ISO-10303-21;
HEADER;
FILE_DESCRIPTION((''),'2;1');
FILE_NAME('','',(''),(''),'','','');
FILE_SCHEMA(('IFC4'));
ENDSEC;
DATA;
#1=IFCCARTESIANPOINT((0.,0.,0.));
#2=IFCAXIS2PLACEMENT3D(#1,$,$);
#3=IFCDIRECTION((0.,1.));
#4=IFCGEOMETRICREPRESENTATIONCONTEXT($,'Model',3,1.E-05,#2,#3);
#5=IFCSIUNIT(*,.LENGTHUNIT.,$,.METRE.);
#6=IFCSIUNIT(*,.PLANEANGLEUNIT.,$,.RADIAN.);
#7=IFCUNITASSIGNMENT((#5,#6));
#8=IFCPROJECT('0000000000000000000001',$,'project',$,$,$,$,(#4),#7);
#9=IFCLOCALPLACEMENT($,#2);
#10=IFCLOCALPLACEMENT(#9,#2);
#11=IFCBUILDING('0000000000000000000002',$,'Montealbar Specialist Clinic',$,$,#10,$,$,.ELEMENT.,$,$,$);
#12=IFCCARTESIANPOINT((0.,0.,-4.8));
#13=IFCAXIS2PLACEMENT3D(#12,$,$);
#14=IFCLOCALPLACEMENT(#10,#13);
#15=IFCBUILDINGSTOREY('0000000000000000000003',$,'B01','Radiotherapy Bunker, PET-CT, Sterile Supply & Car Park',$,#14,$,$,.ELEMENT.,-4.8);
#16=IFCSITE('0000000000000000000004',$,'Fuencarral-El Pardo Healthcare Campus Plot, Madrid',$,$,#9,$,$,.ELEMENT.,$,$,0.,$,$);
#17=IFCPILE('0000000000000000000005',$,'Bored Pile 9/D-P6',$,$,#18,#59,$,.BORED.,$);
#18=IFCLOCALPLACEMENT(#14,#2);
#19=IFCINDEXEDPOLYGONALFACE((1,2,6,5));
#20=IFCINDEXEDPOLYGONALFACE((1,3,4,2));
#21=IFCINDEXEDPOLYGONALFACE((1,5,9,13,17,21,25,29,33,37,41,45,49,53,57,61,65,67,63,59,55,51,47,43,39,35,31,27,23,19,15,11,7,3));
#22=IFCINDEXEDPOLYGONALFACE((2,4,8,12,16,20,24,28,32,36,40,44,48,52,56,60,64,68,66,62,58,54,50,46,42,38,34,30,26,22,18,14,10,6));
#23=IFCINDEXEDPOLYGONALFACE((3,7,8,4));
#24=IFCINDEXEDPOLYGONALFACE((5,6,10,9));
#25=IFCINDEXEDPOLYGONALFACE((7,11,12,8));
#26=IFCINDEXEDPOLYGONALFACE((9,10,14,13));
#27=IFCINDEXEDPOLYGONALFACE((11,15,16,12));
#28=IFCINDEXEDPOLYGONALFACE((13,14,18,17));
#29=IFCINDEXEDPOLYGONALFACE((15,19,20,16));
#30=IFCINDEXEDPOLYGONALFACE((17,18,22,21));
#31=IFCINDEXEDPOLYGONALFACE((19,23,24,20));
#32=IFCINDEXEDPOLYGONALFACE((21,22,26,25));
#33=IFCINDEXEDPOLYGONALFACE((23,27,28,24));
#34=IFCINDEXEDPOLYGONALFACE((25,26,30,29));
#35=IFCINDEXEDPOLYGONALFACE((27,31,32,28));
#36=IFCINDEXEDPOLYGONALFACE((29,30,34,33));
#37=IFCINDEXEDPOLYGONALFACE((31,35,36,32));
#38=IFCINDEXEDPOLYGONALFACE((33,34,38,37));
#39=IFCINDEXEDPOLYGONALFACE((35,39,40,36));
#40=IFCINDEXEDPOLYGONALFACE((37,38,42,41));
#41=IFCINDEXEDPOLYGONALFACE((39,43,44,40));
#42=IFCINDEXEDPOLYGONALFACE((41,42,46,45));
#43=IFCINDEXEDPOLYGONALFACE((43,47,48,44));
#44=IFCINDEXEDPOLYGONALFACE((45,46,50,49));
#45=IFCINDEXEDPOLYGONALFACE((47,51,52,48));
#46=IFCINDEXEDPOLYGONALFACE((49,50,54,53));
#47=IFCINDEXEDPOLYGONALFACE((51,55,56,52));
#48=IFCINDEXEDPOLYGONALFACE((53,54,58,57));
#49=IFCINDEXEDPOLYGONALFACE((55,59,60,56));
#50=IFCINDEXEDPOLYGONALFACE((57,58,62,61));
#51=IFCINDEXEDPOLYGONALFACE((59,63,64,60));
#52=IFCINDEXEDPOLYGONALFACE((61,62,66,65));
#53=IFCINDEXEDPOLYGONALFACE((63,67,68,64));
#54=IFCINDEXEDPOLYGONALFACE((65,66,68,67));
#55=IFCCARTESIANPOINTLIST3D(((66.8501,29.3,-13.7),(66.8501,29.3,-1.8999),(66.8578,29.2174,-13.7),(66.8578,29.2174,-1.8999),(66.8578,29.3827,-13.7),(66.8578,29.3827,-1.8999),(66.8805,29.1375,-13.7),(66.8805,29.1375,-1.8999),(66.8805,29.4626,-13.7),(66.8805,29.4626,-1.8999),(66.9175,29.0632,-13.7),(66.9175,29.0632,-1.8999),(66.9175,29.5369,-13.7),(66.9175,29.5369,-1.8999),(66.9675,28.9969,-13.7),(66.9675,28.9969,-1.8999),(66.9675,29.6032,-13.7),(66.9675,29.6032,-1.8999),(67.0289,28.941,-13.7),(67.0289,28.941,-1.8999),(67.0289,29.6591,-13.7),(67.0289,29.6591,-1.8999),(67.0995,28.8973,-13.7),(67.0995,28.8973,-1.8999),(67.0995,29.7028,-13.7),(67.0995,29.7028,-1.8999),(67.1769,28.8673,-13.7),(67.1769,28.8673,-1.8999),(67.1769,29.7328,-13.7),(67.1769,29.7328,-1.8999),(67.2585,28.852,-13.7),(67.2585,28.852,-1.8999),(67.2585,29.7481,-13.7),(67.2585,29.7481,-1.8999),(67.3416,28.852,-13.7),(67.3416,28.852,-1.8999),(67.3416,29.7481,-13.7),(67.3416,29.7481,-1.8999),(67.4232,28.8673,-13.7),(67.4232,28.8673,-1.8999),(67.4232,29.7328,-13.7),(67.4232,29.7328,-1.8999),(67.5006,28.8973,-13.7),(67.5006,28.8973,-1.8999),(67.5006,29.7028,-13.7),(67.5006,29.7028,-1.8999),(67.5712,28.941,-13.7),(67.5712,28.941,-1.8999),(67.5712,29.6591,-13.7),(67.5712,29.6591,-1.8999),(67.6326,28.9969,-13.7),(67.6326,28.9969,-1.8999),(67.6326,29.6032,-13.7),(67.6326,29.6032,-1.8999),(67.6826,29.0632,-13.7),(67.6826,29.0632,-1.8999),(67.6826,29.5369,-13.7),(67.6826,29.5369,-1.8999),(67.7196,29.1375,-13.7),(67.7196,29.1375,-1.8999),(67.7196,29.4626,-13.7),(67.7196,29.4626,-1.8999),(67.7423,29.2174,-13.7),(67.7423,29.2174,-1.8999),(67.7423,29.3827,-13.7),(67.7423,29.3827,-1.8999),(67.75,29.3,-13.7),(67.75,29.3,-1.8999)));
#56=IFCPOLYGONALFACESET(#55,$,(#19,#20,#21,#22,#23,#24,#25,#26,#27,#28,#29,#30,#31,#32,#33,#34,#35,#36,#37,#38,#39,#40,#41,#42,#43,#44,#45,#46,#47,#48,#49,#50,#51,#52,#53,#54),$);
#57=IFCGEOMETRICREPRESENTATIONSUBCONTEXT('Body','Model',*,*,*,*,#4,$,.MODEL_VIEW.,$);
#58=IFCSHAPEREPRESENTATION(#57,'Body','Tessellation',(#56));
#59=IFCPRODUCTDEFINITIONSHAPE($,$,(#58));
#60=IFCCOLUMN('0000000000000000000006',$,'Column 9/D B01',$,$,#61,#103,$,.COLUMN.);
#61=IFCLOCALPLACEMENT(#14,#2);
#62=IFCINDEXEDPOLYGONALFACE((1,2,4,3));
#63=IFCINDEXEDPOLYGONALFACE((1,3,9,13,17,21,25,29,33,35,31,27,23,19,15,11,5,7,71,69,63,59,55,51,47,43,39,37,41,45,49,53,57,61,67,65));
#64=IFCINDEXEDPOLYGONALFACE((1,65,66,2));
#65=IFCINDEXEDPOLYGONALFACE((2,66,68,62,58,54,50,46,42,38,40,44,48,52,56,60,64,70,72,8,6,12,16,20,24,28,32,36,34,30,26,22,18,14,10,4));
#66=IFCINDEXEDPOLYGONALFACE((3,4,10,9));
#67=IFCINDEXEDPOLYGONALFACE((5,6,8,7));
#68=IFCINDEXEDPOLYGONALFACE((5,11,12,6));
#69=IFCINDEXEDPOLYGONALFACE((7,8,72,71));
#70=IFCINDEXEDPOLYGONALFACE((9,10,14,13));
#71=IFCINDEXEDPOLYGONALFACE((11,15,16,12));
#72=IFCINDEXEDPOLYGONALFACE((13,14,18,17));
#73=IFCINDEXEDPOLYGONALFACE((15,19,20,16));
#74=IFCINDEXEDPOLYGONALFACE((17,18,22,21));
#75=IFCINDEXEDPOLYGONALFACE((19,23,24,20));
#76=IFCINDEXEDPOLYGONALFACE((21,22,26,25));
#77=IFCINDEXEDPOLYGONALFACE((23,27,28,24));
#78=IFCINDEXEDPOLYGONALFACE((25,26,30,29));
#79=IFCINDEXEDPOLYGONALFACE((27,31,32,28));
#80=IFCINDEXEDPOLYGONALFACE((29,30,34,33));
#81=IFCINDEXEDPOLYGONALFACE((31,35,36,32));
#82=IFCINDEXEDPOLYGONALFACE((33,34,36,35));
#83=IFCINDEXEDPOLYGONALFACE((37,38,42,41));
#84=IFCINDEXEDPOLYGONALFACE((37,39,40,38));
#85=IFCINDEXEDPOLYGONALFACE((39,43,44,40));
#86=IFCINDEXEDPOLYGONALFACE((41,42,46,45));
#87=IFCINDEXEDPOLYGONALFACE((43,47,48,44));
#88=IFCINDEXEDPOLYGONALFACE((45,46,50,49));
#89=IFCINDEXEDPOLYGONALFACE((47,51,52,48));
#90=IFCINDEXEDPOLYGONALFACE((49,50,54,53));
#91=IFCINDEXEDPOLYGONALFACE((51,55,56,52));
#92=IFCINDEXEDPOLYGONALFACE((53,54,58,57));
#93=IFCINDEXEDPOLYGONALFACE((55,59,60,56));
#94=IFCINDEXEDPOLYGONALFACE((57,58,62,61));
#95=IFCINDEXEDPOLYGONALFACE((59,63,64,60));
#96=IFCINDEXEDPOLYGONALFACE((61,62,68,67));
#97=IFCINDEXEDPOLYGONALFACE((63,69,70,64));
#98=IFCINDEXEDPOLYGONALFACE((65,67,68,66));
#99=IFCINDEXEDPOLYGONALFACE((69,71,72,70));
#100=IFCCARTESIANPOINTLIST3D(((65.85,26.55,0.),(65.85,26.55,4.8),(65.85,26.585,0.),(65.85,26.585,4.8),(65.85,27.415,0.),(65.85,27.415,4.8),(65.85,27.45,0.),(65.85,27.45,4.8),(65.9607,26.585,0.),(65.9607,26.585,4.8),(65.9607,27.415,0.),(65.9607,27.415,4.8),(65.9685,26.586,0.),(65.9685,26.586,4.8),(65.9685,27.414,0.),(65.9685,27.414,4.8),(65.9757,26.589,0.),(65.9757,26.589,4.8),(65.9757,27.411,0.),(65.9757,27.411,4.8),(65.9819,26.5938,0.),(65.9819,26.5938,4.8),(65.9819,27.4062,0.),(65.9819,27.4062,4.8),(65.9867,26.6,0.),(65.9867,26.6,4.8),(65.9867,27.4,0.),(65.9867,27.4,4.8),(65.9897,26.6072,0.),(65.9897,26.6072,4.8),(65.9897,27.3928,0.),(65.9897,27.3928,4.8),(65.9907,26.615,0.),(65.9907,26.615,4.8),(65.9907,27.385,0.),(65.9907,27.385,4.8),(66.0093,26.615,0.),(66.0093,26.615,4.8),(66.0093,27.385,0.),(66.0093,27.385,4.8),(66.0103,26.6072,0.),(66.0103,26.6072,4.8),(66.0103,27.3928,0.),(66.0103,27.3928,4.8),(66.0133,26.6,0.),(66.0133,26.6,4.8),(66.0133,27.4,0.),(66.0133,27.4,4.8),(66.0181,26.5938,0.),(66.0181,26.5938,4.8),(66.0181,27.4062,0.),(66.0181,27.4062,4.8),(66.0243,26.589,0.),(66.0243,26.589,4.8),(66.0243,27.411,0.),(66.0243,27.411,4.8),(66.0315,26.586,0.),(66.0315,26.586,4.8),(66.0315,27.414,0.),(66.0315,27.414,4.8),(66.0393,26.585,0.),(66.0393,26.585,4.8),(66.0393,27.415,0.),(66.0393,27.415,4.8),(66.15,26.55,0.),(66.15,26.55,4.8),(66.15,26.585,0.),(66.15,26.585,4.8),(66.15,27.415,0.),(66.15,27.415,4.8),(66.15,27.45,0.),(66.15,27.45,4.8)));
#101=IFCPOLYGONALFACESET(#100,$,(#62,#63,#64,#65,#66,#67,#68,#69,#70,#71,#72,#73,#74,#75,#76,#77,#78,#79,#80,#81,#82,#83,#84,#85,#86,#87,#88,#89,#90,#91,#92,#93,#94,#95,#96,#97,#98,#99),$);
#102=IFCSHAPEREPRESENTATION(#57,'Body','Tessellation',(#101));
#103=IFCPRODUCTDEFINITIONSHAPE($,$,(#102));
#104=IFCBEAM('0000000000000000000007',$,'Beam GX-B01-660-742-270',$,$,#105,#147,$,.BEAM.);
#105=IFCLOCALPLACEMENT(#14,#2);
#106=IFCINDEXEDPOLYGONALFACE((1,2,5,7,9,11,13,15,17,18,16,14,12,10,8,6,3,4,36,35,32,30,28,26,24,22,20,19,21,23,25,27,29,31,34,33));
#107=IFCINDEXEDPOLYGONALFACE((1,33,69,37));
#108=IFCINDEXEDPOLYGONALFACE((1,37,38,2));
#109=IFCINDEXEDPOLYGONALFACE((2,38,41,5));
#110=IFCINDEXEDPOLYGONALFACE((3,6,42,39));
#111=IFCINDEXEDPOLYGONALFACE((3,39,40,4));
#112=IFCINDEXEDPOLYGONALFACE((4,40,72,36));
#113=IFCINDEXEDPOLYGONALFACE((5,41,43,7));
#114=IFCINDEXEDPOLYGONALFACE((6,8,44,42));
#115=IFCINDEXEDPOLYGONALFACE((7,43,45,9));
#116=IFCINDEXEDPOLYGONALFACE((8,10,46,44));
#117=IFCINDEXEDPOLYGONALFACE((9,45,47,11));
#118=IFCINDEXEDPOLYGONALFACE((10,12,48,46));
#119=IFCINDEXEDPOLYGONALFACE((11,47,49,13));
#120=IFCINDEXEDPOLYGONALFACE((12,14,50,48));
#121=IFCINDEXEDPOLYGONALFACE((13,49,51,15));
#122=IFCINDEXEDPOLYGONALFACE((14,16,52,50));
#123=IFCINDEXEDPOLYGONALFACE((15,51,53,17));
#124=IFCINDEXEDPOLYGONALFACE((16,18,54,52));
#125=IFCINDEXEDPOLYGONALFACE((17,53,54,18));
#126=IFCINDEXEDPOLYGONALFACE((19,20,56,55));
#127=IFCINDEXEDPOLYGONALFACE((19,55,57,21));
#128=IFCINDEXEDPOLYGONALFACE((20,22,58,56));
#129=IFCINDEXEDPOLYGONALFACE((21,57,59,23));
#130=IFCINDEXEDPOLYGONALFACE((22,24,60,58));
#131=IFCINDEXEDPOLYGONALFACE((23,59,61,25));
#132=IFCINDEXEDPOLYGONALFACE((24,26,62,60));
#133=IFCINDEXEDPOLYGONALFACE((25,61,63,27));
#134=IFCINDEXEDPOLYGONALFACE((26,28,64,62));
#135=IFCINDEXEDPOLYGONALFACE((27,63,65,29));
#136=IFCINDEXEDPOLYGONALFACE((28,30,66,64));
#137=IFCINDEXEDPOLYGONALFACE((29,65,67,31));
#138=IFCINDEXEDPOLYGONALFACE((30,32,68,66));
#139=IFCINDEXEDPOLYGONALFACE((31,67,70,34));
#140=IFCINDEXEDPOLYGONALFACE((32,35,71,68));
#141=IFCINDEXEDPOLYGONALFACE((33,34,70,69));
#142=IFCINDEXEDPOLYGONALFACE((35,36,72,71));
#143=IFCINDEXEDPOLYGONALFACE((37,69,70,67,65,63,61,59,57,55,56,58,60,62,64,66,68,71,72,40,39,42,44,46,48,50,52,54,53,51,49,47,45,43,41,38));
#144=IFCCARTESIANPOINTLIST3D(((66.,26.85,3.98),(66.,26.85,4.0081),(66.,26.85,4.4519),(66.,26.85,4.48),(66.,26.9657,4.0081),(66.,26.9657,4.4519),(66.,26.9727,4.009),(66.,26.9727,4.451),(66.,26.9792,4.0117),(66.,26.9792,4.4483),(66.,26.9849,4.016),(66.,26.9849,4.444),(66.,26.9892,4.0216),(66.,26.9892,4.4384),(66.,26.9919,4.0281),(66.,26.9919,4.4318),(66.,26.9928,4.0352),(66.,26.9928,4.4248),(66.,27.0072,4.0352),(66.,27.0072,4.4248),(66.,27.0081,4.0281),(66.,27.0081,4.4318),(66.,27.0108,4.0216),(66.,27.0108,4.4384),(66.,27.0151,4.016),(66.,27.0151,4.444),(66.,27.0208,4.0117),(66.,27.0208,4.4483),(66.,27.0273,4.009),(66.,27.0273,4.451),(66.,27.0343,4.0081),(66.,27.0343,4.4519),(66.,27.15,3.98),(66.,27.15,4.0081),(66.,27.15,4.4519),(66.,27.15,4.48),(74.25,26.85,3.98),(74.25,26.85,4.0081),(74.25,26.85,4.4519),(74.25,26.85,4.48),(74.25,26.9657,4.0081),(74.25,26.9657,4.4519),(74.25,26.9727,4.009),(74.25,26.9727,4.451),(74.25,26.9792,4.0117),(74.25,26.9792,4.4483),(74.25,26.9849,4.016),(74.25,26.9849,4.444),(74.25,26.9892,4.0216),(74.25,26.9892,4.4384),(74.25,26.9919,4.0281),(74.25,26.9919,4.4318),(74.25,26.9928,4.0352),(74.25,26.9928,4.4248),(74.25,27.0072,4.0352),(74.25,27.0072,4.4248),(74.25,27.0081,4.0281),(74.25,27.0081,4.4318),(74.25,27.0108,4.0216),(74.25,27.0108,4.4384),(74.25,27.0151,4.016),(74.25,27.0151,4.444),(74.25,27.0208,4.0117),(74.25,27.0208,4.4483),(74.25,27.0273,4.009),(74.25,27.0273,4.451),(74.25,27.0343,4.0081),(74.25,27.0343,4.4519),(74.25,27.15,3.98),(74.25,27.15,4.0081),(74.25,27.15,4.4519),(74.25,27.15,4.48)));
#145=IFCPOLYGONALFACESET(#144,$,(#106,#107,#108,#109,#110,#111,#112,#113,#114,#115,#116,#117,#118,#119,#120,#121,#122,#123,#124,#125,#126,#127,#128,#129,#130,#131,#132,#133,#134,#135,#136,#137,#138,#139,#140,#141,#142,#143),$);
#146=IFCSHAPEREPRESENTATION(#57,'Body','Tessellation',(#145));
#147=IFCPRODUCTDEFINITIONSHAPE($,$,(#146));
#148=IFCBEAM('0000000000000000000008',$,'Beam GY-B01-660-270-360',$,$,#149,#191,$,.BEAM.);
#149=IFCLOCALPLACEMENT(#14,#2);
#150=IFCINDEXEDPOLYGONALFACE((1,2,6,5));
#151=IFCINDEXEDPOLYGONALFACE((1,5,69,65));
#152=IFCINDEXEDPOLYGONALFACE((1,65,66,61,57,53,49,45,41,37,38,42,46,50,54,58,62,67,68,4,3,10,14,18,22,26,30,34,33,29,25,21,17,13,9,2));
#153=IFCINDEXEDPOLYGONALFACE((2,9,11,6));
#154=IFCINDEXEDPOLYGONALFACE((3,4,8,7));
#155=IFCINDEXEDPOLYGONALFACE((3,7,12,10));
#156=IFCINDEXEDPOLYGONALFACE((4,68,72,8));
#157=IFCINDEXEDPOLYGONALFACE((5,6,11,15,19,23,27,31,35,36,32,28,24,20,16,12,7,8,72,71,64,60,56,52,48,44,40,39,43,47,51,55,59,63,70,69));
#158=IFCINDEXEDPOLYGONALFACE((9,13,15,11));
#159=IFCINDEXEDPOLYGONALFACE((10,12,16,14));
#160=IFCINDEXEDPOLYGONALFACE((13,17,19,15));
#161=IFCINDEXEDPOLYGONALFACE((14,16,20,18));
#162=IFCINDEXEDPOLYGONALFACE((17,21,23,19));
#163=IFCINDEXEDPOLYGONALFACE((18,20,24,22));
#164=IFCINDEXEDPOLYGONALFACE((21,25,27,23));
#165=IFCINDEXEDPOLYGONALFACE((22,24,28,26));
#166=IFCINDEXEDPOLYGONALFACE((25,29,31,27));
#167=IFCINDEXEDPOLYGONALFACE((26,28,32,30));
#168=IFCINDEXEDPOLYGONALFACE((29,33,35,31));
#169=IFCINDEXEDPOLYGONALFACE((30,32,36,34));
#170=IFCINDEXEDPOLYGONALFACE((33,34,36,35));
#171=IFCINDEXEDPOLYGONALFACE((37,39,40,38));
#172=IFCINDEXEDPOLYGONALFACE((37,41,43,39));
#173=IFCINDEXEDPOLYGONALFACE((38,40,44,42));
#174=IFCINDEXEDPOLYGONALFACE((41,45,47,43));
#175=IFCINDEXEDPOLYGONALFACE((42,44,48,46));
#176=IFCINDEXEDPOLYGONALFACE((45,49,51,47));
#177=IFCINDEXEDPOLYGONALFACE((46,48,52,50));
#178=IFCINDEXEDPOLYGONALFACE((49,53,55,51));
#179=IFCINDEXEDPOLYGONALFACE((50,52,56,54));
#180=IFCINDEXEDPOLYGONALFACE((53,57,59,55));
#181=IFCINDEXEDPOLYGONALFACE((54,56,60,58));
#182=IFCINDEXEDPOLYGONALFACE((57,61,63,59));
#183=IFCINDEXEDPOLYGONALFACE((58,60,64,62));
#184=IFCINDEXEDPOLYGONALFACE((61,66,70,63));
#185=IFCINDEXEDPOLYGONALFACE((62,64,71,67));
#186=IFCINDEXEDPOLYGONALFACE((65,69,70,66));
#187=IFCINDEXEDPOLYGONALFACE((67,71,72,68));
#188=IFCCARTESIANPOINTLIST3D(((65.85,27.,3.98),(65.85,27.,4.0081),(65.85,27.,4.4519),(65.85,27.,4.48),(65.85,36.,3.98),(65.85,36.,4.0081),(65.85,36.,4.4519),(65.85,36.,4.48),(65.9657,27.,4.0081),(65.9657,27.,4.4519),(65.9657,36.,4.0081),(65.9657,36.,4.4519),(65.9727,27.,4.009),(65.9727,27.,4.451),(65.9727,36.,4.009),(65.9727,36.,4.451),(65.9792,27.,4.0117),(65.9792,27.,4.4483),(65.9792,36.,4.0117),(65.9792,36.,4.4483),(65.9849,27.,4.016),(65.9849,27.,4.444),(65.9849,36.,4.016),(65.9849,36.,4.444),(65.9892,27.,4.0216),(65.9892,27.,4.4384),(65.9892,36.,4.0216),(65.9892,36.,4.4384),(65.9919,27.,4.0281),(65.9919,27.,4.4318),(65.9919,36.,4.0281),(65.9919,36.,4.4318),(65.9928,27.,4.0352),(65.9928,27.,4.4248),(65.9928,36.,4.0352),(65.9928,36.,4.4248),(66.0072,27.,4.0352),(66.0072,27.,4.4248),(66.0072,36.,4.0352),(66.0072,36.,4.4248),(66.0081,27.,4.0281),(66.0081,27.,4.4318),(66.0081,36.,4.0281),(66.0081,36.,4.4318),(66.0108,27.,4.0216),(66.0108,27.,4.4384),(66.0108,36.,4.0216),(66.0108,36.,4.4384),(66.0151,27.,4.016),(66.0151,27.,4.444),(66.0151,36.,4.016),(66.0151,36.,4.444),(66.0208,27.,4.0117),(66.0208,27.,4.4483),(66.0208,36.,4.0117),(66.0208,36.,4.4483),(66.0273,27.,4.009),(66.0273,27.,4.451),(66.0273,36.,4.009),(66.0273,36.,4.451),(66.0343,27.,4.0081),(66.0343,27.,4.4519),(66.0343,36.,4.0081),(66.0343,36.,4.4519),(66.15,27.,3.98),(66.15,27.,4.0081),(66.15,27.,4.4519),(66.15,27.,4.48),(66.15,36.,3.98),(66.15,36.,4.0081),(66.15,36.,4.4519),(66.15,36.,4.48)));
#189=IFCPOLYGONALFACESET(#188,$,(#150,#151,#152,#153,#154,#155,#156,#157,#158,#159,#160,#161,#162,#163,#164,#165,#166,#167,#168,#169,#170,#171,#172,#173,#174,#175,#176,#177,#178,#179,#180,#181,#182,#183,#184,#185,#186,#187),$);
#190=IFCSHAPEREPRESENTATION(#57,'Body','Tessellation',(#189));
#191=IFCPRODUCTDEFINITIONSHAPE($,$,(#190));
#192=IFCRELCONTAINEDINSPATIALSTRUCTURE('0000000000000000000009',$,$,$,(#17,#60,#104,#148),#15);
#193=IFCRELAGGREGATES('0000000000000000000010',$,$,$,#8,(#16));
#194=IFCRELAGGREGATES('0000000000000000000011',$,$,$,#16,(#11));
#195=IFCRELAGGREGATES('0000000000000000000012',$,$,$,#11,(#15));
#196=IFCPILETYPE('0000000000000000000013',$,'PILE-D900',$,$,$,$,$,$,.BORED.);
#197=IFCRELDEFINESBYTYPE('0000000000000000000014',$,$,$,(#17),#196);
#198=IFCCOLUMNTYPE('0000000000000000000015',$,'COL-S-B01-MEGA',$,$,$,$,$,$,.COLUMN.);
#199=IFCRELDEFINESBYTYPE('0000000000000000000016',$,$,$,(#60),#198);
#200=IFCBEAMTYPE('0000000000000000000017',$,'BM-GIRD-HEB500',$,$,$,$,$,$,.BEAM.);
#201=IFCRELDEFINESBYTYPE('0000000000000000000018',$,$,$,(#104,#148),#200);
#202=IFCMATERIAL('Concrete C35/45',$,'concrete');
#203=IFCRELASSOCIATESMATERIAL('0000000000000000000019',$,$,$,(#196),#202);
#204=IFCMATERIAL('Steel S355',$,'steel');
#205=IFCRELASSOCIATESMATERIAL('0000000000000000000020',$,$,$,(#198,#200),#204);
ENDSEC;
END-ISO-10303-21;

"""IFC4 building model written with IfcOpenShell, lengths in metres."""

from ifc_helpers import new_model, si_unit, direction, frame, origin, origin_2d, place, context, subcontext, project, spatial, circle, i_section, extrude, material, material_profile, profile_set, type_object, element, save


model = new_model("IFC4")

# Units and contexts
model_context = context("Model", 3, precision=1e-05, world=origin(), true_north=direction((0.0, 1.0)))
body_context = subcontext(model_context, "Body", "Model", "MODEL_VIEW")
ifc_project = project(units=[si_unit("LENGTHUNIT", "METRE"), si_unit("PLANEANGLEUNIT", "RADIAN")], contexts=[model_context])

# Site, building, storey
site_placement = place(None, origin())
site = spatial("IfcSite", under=ifc_project, at=site_placement, Name="Fuencarral-El Pardo Healthcare Campus Plot, Madrid", CompositionType="ELEMENT", RefElevation=0.0)
building_placement = place(site_placement, origin())
building = spatial("IfcBuilding", under=site, at=building_placement, Name="Montealbar Specialist Clinic", CompositionType="ELEMENT")
storey_placement = place(building_placement, frame((0.0, 0.0, -4.8)))
storey = spatial("IfcBuildingStorey", under=building, at=storey_placement, Name="B01", Description="Radiotherapy Bunker, PET-CT, Sterile Supply & Car Park", CompositionType="ELEMENT", Elevation=-4.8)

# Shared definitions
ifc_material_1 = material(Name="Concrete C35/45", Category="concrete")

# Pile
ifc_material_profile_1 = material_profile(ifc_material_1, circle(Radius=0.45, at=origin_2d()), Name="PILE D900", Category="concrete")
ifc_profile_set_1 = profile_set([ifc_material_profile_1], Name="Concrete C35/45")
pile_type_1 = type_object("IfcPileType", Name="PILE-D900", PredefinedType="BORED", material=ifc_profile_set_1)
for number, where, z_axis, x_axis, name in (
    (1, (67.3, 29.3, -1.8999), (0.0, 0.0, -1.0), (1.0, 0.0, 0.0), "Bored Pile 9/D-P6"),
):
    element("IfcPile", number, at=place(storey_placement, frame(where, z_axis=z_axis, x_axis=x_axis)), inside=storey, type_object=pile_type_1, Name=name, PredefinedType="BORED", context=body_context, shape_type="SweptSolid", body=[
        extrude(circle(Radius=0.45, at=origin_2d()), origin(), (0.0, 0.0, 1.0), 11.8),
    ])

# Column
ifc_material_2 = material(Name="Steel S355", Category="steel")
ifc_material_profile_2 = material_profile(ifc_material_2, i_section(OverallWidth=0.3, OverallDepth=0.8999, WebThickness=0.0186, FlangeThickness=0.0349, FilletRadius=0.03, at=origin_2d()), Name="HEB 900", Category="steel")
ifc_profile_set_2 = profile_set([ifc_material_profile_2], Name="Steel S355")
column_type = type_object("IfcColumnType", Name="COL-S-B01-MEGA", PredefinedType="COLUMN", material=ifc_profile_set_2)
column_placement = place(storey_placement, frame((66.0, 27.0, 0.0), z_axis=(0.0, 0.0, 1.0), x_axis=(1.0, 0.0, 0.0)))
element("IfcColumn", 2, at=column_placement, inside=storey, type_object=column_type, Name="Column 9/D B01", PredefinedType="COLUMN", context=body_context, shape_type="SweptSolid", body=[
    extrude(i_section(OverallWidth=0.3, OverallDepth=0.8999, WebThickness=0.0186, FlangeThickness=0.0349, FilletRadius=0.03, at=origin_2d()), origin(), (0.0, 0.0, 1.0), 4.8),
])

# Beams
ifc_material_profile_3 = material_profile(ifc_material_2, i_section(OverallWidth=0.3, OverallDepth=0.5, WebThickness=0.0144, FlangeThickness=0.0281, FilletRadius=0.0271, at=origin_2d()), Name="HEB 500", Category="steel")
ifc_profile_set_3 = profile_set([ifc_material_profile_3], Name="Steel S355")
beam_type = type_object("IfcBeamType", Name="BM-GIRD-HEB500", PredefinedType="BEAM", material=ifc_profile_set_3)
beam_1_placement = place(storey_placement, frame((66.0, 27.0, 4.23), z_axis=(1.0, 0.0, 0.0), x_axis=(0.0, 1.0, 0.0)))
element("IfcBeam", 3, at=beam_1_placement, inside=storey, type_object=beam_type, Name="Beam GX-B01-660-742-270", PredefinedType="BEAM", context=body_context, shape_type="SweptSolid", body=[
    extrude(i_section(OverallWidth=0.3, OverallDepth=0.5, WebThickness=0.0144, FlangeThickness=0.0281, FilletRadius=0.0271, at=origin_2d()), origin(), (0.0, 0.0, 1.0), 8.25),
])
beam_2_placement = place(storey_placement, frame((66.0, 27.0, 4.23), z_axis=(0.0, 1.0, 0.0), x_axis=(-1.0, 0.0, 0.0)))
element("IfcBeam", 4, at=beam_2_placement, inside=storey, type_object=beam_type, Name="Beam GY-B01-660-270-360", PredefinedType="BEAM", context=body_context, shape_type="SweptSolid", body=[
    extrude(i_section(OverallWidth=0.3, OverallDepth=0.5, WebThickness=0.0144, FlangeThickness=0.0281, FilletRadius=0.0271, at=origin_2d()), origin(), (0.0, 0.0, 1.0), 9.0),
])

save(model, "model.ifc")
